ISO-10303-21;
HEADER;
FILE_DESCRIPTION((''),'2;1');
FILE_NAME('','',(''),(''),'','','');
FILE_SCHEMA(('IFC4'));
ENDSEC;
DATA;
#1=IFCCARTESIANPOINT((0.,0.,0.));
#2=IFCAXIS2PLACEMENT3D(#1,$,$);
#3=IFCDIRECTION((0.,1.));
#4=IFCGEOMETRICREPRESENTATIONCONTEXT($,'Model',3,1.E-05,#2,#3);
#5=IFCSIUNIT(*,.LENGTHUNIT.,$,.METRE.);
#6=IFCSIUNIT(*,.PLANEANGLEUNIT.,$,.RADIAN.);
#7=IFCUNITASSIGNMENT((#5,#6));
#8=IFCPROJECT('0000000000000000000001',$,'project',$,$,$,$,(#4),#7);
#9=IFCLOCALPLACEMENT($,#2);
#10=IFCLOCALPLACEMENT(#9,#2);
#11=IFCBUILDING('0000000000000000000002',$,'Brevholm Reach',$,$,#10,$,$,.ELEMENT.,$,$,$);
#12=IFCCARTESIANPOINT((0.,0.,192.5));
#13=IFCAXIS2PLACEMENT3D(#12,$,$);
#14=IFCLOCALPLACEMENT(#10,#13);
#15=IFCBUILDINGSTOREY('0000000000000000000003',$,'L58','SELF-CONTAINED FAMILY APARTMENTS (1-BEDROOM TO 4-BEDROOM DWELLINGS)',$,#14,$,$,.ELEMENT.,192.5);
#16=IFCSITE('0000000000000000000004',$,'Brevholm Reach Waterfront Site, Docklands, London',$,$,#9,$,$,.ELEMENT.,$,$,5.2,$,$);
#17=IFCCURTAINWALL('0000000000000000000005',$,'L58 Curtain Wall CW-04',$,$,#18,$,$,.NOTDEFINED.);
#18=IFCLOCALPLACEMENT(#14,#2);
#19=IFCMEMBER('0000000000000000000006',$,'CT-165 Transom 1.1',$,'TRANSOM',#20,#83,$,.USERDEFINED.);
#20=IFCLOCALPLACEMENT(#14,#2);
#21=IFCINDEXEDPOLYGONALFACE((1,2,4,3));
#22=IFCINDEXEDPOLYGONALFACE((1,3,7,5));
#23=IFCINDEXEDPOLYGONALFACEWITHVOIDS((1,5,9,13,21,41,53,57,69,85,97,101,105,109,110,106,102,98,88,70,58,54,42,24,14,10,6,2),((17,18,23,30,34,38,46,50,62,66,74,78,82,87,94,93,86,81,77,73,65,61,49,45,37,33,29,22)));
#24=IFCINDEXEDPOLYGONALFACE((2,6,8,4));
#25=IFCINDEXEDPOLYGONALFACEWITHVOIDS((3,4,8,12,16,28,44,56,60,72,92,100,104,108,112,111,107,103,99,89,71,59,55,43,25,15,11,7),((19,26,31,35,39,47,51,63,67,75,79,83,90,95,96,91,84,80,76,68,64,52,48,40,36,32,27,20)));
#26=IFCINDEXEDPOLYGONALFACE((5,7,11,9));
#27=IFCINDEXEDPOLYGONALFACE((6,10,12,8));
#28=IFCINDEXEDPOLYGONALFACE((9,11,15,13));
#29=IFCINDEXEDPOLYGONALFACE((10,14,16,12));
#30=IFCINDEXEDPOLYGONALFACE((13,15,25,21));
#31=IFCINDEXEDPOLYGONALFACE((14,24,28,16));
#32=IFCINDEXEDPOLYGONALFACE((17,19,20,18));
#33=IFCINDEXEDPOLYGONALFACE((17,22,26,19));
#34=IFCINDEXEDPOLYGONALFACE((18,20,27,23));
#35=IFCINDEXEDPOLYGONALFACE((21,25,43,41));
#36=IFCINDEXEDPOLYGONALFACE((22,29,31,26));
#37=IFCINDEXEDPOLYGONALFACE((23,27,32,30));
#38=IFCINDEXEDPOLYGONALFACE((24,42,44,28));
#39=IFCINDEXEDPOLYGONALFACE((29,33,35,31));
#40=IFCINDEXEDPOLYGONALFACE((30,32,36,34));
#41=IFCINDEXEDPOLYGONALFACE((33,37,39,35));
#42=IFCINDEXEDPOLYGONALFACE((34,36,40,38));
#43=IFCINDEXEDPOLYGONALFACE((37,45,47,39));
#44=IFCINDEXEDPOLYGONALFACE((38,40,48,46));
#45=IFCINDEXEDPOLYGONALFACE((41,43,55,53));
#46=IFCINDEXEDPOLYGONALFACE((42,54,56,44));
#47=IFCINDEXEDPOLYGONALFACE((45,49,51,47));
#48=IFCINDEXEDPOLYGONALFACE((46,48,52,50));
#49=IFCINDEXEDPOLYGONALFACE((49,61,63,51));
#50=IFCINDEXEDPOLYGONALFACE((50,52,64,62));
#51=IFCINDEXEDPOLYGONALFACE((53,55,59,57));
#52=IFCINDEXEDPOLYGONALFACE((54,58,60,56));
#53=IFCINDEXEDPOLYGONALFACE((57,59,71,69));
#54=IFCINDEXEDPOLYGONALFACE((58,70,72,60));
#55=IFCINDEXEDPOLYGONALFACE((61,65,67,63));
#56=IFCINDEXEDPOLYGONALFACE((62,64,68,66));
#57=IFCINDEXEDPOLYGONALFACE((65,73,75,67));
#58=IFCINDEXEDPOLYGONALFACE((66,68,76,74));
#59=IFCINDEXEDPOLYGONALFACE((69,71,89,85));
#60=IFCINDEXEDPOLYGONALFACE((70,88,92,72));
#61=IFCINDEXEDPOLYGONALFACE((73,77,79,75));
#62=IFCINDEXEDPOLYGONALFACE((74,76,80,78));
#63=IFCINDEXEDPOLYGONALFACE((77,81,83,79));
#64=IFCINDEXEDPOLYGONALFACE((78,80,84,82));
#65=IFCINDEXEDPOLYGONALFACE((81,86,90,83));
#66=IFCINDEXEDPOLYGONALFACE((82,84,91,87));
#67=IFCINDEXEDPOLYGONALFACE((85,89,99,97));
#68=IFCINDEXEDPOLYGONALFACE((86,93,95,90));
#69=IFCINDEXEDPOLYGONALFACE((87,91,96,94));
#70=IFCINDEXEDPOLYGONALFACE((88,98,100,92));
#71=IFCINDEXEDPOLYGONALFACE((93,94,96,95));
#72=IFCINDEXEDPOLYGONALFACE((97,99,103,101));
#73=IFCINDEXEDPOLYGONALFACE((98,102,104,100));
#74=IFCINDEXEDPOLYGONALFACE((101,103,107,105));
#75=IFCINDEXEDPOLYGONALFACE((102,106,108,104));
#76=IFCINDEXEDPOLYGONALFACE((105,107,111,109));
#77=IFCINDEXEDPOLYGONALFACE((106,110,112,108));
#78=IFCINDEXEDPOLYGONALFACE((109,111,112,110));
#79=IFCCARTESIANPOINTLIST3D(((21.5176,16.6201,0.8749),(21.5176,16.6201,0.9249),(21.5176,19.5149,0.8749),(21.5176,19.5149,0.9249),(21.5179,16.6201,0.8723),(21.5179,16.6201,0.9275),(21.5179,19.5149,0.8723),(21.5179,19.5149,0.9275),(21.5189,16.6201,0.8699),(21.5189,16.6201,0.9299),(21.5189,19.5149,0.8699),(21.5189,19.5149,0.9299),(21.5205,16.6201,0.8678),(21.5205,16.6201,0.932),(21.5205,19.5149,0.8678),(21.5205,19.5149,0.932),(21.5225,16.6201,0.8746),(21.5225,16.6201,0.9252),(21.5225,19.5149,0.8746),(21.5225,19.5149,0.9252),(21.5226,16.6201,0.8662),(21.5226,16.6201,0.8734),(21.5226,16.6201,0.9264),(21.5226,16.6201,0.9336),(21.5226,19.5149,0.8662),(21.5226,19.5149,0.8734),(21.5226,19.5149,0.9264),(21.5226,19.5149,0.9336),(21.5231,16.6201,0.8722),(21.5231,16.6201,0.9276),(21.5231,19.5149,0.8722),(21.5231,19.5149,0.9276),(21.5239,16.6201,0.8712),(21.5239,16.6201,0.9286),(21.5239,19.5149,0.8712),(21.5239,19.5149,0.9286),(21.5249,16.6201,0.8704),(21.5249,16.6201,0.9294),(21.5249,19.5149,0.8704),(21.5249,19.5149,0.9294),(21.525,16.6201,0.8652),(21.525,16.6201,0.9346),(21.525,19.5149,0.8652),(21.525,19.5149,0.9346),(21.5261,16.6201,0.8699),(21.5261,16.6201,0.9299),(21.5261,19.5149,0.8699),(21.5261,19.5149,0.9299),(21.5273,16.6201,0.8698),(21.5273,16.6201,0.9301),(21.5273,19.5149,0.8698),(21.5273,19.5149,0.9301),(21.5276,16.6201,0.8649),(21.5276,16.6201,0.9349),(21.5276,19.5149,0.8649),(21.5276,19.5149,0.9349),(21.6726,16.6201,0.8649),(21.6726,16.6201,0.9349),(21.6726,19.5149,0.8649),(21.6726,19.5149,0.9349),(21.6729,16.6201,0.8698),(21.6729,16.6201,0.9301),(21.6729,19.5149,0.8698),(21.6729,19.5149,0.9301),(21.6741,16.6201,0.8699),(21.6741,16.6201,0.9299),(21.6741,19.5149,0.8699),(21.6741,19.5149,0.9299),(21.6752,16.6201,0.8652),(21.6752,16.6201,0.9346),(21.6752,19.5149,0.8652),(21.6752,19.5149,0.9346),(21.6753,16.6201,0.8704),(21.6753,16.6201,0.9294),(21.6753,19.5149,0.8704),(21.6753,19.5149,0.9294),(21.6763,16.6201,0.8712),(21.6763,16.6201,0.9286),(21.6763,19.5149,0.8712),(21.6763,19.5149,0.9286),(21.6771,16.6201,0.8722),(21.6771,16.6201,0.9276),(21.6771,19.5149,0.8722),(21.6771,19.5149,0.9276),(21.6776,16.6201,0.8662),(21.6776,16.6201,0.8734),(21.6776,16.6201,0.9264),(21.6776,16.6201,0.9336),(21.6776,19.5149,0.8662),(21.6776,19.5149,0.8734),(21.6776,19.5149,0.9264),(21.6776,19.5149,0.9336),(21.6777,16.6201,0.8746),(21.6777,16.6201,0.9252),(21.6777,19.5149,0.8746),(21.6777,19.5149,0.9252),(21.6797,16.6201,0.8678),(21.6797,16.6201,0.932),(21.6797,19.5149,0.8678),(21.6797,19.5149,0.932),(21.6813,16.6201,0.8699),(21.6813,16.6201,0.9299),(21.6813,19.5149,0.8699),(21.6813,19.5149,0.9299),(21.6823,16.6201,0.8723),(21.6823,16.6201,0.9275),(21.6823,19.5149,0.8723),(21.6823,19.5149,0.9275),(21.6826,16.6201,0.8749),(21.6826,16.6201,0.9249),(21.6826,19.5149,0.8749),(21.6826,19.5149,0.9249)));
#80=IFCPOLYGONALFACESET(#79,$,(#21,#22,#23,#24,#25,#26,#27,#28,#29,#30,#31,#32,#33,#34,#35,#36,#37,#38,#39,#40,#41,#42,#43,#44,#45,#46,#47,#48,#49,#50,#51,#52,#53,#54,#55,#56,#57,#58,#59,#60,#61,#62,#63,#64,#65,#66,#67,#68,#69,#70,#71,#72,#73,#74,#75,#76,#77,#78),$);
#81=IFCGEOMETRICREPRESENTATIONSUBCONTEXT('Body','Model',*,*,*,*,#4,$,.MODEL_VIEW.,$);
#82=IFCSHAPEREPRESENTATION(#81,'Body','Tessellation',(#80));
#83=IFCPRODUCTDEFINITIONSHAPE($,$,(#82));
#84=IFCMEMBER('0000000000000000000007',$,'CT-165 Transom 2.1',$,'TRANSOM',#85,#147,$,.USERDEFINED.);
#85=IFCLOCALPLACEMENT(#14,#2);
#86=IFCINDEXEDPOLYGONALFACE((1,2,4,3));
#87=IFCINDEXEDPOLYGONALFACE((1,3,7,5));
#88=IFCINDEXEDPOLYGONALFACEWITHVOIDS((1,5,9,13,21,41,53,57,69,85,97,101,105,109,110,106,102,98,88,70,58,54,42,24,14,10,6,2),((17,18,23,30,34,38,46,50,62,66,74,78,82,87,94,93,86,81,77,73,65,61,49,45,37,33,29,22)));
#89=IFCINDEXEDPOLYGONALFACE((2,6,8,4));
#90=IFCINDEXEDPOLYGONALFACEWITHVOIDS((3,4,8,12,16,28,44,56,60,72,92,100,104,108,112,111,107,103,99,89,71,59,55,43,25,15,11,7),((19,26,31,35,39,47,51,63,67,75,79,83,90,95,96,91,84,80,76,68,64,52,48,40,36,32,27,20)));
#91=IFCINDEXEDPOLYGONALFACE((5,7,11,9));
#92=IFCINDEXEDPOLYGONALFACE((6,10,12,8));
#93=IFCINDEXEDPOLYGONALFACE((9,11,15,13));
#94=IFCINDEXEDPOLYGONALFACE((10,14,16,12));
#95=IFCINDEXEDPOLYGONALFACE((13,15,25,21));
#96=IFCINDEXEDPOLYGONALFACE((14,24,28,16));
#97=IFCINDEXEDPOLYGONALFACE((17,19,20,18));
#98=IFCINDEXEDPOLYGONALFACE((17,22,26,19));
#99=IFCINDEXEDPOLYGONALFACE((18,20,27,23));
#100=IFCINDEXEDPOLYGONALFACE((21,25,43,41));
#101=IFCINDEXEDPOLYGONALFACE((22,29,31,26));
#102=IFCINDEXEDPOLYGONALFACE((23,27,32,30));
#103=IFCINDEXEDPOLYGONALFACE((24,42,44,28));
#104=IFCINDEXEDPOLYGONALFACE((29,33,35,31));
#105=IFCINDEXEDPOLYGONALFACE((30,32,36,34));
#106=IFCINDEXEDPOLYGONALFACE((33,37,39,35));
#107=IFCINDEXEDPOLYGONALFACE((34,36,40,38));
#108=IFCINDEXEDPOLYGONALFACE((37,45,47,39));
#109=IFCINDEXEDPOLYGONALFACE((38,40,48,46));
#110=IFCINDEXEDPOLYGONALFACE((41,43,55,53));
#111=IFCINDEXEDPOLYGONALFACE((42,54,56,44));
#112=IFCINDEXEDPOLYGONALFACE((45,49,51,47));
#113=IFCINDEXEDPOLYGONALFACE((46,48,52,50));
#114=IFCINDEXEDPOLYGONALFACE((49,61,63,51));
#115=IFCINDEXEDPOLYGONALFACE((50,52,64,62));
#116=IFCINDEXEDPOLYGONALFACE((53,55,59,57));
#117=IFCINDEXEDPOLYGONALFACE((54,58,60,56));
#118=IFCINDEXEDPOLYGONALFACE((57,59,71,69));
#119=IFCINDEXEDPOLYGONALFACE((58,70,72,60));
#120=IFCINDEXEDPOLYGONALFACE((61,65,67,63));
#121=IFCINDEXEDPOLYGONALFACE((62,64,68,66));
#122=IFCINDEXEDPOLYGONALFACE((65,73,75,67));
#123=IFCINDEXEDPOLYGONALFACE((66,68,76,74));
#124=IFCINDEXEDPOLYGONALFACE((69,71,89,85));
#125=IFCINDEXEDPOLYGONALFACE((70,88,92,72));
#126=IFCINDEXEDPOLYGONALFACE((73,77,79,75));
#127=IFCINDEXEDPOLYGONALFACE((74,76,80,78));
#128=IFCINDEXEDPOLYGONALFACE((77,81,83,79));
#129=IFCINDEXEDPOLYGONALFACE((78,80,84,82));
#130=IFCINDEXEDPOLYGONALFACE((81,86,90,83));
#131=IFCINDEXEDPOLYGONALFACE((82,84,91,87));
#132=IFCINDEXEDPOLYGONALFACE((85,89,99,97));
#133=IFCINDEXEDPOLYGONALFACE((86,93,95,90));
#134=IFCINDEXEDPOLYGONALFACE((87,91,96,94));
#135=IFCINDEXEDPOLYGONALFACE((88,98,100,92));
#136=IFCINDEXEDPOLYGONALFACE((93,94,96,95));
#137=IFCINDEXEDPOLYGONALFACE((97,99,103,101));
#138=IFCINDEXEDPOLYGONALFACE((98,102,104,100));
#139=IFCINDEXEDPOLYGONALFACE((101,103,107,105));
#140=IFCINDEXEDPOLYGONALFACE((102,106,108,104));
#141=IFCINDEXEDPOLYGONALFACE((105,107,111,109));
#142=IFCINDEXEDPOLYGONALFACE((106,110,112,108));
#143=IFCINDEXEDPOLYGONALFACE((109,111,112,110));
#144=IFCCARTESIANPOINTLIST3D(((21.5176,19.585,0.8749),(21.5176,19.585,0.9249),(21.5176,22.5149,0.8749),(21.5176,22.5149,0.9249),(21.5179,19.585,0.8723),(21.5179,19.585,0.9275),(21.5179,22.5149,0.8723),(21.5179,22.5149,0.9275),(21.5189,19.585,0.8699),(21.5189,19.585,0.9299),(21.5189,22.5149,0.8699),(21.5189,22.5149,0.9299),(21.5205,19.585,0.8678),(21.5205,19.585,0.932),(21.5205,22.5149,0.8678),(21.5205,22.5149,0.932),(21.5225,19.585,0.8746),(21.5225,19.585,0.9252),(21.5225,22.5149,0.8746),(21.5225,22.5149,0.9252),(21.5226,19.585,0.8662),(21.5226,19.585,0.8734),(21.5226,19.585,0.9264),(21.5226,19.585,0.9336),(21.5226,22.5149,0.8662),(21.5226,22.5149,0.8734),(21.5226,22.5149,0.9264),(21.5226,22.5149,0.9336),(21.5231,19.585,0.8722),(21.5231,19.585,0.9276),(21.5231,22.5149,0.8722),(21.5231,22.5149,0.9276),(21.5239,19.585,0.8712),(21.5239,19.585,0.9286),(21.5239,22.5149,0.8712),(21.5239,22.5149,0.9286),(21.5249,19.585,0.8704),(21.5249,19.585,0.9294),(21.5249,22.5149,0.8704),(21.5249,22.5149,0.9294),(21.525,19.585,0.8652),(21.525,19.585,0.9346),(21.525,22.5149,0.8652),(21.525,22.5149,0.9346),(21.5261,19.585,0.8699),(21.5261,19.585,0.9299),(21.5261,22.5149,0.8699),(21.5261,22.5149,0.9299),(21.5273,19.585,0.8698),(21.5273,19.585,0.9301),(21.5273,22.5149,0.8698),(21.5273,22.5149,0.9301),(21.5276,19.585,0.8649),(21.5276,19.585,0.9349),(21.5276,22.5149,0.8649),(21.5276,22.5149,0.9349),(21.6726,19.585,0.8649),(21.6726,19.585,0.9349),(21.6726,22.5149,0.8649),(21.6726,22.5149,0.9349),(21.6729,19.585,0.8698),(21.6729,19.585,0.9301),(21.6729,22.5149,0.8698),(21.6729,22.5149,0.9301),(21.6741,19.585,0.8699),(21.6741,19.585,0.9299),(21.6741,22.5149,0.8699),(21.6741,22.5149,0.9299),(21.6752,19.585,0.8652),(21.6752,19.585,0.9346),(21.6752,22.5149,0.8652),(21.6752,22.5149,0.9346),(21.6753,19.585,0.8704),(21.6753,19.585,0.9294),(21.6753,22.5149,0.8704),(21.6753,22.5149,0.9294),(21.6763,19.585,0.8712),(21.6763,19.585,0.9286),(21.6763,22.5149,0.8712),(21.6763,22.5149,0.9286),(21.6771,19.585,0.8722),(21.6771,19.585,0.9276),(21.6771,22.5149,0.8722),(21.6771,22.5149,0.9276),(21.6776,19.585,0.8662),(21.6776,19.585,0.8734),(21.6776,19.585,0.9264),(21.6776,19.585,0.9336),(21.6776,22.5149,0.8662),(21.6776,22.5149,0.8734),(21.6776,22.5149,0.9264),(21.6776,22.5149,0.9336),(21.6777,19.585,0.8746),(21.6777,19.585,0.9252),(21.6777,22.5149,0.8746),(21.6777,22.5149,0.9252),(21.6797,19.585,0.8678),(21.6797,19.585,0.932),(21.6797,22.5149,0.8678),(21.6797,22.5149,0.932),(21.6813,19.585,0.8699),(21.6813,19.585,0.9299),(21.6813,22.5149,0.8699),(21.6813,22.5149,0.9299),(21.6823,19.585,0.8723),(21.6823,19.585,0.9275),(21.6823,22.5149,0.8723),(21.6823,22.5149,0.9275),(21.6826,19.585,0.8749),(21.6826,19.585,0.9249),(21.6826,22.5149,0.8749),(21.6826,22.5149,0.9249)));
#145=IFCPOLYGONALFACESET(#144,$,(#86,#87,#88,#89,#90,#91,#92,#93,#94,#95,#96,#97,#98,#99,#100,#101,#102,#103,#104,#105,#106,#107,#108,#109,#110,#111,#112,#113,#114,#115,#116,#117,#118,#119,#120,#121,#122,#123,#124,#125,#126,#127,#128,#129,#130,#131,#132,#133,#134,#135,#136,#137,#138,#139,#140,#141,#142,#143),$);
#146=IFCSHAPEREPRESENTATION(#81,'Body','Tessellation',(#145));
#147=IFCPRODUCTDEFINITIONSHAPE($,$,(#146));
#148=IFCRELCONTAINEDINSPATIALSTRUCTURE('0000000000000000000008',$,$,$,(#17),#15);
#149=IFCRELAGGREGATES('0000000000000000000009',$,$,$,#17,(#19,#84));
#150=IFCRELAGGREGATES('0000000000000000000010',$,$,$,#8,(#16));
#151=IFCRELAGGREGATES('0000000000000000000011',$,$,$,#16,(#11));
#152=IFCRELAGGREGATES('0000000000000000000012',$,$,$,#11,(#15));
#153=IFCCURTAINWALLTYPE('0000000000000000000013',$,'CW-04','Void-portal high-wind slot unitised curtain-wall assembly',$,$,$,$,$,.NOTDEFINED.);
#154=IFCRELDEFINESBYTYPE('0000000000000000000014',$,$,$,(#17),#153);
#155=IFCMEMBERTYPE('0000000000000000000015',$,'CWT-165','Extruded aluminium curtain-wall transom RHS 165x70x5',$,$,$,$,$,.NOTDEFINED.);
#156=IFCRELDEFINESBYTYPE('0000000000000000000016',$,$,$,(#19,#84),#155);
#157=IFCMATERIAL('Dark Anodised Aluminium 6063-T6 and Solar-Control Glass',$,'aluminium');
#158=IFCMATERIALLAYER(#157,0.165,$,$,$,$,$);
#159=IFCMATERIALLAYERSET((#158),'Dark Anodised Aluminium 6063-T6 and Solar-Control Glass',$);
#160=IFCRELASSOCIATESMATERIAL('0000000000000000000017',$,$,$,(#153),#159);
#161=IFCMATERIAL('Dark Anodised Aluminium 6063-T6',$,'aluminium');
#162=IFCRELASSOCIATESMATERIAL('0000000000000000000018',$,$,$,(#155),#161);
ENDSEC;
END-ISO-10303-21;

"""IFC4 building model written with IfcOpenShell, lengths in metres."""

from ifc_helpers import new_model, si_unit, direction, frame, origin, origin_2d, place, context, subcontext, project, spatial, hollow_rectangle, extrude, material, layer, layer_set, material_profile, profile_set, type_object, element, aggregate, save


model = new_model("IFC4")

# Units and contexts
model_context = context("Model", 3, precision=1e-05, world=origin(), true_north=direction((0.0, 1.0)))
body_context = subcontext(model_context, "Body", "Model", "MODEL_VIEW")
ifc_project = project(units=[si_unit("LENGTHUNIT", "METRE"), si_unit("PLANEANGLEUNIT", "RADIAN")], contexts=[model_context])

# Site, building, storey
site_placement = place(None, origin())
site = spatial("IfcSite", under=ifc_project, at=site_placement, Name="Brevholm Reach Waterfront Site, Docklands, London", CompositionType="ELEMENT", RefElevation=5.2)
building_placement = place(site_placement, origin())
building = spatial("IfcBuilding", under=site, at=building_placement, Name="Brevholm Reach", CompositionType="ELEMENT")
storey_placement = place(building_placement, frame((0.0, 0.0, 192.5)))
storey = spatial("IfcBuildingStorey", under=building, at=storey_placement, Name="L58", Description="SELF-CONTAINED FAMILY APARTMENTS (1-BEDROOM TO 4-BEDROOM DWELLINGS)", CompositionType="ELEMENT", Elevation=192.5)

# Curtain wall, members
ifc_material_1 = material(Name="Dark Anodised Aluminium 6063-T6 and Solar-Control Glass", Category="aluminium")
ifc_layer_1 = layer(ifc_material_1, 0.165)
ifc_layer_set_1 = layer_set([ifc_layer_1], Name="Dark Anodised Aluminium 6063-T6 and Solar-Control Glass")
curtain_wall_type = type_object("IfcCurtainWallType", Name="CW-04", Description="Void-portal high-wind slot unitised curtain-wall assembly", PredefinedType="NOTDEFINED", material=ifc_layer_set_1)
curtain_wall_placement = place(storey_placement, origin())
curtain_wall = element("IfcCurtainWall", 1, at=curtain_wall_placement, inside=storey, type_object=curtain_wall_type, Name="L58 Curtain Wall CW-04", PredefinedType="NOTDEFINED")
ifc_material_2 = material(Name="Dark Anodised Aluminium 6063-T6", Category="aluminium")
ifc_material_profile_1 = material_profile(ifc_material_2, hollow_rectangle(XDim=0.0701, YDim=0.165, WallThickness=0.0049, InnerFilletRadius=0.0049, OuterFilletRadius=0.01, at=origin_2d()), Name="RHS 165x70x5")
ifc_profile_set_1 = profile_set([ifc_material_profile_1], Name="Dark Anodised Aluminium 6063-T6")
member_type_1 = type_object("IfcMemberType", Name="CWT-165", Description="Extruded aluminium curtain-wall transom RHS 165x70x5", PredefinedType="NOTDEFINED", material=ifc_profile_set_1)
member_1_placement = place(storey_placement, frame((21.6001, 16.6201, 0.8999), z_axis=(0.0, 1.0, 0.0), x_axis=(0.0, 0.0, 1.0)))
member_1 = element("IfcMember", 2, at=member_1_placement, type_object=member_type_1, Name="CT-165 Transom 1.1", ObjectType="TRANSOM", PredefinedType="USERDEFINED", context=body_context, shape_type="SweptSolid", body=[
    extrude(hollow_rectangle(XDim=0.0701, YDim=0.165, WallThickness=0.0049, InnerFilletRadius=0.0049, OuterFilletRadius=0.01, at=origin_2d()), origin(), (0.0, 0.0, 1.0), 2.8948),
])
member_2_placement = place(storey_placement, frame((21.6001, 19.585, 0.8999), z_axis=(0.0, 1.0, 0.0), x_axis=(0.0, 0.0, 1.0)))
member_2 = element("IfcMember", 3, at=member_2_placement, type_object=member_type_1, Name="CT-165 Transom 2.1", ObjectType="TRANSOM", PredefinedType="USERDEFINED", context=body_context, shape_type="SweptSolid", body=[
    extrude(hollow_rectangle(XDim=0.0701, YDim=0.165, WallThickness=0.0049, InnerFilletRadius=0.0049, OuterFilletRadius=0.01, at=origin_2d()), origin(), (0.0, 0.0, 1.0), 2.9299),
])
aggregate(curtain_wall, [member_1, member_2])

save(model, "model.ifc")
